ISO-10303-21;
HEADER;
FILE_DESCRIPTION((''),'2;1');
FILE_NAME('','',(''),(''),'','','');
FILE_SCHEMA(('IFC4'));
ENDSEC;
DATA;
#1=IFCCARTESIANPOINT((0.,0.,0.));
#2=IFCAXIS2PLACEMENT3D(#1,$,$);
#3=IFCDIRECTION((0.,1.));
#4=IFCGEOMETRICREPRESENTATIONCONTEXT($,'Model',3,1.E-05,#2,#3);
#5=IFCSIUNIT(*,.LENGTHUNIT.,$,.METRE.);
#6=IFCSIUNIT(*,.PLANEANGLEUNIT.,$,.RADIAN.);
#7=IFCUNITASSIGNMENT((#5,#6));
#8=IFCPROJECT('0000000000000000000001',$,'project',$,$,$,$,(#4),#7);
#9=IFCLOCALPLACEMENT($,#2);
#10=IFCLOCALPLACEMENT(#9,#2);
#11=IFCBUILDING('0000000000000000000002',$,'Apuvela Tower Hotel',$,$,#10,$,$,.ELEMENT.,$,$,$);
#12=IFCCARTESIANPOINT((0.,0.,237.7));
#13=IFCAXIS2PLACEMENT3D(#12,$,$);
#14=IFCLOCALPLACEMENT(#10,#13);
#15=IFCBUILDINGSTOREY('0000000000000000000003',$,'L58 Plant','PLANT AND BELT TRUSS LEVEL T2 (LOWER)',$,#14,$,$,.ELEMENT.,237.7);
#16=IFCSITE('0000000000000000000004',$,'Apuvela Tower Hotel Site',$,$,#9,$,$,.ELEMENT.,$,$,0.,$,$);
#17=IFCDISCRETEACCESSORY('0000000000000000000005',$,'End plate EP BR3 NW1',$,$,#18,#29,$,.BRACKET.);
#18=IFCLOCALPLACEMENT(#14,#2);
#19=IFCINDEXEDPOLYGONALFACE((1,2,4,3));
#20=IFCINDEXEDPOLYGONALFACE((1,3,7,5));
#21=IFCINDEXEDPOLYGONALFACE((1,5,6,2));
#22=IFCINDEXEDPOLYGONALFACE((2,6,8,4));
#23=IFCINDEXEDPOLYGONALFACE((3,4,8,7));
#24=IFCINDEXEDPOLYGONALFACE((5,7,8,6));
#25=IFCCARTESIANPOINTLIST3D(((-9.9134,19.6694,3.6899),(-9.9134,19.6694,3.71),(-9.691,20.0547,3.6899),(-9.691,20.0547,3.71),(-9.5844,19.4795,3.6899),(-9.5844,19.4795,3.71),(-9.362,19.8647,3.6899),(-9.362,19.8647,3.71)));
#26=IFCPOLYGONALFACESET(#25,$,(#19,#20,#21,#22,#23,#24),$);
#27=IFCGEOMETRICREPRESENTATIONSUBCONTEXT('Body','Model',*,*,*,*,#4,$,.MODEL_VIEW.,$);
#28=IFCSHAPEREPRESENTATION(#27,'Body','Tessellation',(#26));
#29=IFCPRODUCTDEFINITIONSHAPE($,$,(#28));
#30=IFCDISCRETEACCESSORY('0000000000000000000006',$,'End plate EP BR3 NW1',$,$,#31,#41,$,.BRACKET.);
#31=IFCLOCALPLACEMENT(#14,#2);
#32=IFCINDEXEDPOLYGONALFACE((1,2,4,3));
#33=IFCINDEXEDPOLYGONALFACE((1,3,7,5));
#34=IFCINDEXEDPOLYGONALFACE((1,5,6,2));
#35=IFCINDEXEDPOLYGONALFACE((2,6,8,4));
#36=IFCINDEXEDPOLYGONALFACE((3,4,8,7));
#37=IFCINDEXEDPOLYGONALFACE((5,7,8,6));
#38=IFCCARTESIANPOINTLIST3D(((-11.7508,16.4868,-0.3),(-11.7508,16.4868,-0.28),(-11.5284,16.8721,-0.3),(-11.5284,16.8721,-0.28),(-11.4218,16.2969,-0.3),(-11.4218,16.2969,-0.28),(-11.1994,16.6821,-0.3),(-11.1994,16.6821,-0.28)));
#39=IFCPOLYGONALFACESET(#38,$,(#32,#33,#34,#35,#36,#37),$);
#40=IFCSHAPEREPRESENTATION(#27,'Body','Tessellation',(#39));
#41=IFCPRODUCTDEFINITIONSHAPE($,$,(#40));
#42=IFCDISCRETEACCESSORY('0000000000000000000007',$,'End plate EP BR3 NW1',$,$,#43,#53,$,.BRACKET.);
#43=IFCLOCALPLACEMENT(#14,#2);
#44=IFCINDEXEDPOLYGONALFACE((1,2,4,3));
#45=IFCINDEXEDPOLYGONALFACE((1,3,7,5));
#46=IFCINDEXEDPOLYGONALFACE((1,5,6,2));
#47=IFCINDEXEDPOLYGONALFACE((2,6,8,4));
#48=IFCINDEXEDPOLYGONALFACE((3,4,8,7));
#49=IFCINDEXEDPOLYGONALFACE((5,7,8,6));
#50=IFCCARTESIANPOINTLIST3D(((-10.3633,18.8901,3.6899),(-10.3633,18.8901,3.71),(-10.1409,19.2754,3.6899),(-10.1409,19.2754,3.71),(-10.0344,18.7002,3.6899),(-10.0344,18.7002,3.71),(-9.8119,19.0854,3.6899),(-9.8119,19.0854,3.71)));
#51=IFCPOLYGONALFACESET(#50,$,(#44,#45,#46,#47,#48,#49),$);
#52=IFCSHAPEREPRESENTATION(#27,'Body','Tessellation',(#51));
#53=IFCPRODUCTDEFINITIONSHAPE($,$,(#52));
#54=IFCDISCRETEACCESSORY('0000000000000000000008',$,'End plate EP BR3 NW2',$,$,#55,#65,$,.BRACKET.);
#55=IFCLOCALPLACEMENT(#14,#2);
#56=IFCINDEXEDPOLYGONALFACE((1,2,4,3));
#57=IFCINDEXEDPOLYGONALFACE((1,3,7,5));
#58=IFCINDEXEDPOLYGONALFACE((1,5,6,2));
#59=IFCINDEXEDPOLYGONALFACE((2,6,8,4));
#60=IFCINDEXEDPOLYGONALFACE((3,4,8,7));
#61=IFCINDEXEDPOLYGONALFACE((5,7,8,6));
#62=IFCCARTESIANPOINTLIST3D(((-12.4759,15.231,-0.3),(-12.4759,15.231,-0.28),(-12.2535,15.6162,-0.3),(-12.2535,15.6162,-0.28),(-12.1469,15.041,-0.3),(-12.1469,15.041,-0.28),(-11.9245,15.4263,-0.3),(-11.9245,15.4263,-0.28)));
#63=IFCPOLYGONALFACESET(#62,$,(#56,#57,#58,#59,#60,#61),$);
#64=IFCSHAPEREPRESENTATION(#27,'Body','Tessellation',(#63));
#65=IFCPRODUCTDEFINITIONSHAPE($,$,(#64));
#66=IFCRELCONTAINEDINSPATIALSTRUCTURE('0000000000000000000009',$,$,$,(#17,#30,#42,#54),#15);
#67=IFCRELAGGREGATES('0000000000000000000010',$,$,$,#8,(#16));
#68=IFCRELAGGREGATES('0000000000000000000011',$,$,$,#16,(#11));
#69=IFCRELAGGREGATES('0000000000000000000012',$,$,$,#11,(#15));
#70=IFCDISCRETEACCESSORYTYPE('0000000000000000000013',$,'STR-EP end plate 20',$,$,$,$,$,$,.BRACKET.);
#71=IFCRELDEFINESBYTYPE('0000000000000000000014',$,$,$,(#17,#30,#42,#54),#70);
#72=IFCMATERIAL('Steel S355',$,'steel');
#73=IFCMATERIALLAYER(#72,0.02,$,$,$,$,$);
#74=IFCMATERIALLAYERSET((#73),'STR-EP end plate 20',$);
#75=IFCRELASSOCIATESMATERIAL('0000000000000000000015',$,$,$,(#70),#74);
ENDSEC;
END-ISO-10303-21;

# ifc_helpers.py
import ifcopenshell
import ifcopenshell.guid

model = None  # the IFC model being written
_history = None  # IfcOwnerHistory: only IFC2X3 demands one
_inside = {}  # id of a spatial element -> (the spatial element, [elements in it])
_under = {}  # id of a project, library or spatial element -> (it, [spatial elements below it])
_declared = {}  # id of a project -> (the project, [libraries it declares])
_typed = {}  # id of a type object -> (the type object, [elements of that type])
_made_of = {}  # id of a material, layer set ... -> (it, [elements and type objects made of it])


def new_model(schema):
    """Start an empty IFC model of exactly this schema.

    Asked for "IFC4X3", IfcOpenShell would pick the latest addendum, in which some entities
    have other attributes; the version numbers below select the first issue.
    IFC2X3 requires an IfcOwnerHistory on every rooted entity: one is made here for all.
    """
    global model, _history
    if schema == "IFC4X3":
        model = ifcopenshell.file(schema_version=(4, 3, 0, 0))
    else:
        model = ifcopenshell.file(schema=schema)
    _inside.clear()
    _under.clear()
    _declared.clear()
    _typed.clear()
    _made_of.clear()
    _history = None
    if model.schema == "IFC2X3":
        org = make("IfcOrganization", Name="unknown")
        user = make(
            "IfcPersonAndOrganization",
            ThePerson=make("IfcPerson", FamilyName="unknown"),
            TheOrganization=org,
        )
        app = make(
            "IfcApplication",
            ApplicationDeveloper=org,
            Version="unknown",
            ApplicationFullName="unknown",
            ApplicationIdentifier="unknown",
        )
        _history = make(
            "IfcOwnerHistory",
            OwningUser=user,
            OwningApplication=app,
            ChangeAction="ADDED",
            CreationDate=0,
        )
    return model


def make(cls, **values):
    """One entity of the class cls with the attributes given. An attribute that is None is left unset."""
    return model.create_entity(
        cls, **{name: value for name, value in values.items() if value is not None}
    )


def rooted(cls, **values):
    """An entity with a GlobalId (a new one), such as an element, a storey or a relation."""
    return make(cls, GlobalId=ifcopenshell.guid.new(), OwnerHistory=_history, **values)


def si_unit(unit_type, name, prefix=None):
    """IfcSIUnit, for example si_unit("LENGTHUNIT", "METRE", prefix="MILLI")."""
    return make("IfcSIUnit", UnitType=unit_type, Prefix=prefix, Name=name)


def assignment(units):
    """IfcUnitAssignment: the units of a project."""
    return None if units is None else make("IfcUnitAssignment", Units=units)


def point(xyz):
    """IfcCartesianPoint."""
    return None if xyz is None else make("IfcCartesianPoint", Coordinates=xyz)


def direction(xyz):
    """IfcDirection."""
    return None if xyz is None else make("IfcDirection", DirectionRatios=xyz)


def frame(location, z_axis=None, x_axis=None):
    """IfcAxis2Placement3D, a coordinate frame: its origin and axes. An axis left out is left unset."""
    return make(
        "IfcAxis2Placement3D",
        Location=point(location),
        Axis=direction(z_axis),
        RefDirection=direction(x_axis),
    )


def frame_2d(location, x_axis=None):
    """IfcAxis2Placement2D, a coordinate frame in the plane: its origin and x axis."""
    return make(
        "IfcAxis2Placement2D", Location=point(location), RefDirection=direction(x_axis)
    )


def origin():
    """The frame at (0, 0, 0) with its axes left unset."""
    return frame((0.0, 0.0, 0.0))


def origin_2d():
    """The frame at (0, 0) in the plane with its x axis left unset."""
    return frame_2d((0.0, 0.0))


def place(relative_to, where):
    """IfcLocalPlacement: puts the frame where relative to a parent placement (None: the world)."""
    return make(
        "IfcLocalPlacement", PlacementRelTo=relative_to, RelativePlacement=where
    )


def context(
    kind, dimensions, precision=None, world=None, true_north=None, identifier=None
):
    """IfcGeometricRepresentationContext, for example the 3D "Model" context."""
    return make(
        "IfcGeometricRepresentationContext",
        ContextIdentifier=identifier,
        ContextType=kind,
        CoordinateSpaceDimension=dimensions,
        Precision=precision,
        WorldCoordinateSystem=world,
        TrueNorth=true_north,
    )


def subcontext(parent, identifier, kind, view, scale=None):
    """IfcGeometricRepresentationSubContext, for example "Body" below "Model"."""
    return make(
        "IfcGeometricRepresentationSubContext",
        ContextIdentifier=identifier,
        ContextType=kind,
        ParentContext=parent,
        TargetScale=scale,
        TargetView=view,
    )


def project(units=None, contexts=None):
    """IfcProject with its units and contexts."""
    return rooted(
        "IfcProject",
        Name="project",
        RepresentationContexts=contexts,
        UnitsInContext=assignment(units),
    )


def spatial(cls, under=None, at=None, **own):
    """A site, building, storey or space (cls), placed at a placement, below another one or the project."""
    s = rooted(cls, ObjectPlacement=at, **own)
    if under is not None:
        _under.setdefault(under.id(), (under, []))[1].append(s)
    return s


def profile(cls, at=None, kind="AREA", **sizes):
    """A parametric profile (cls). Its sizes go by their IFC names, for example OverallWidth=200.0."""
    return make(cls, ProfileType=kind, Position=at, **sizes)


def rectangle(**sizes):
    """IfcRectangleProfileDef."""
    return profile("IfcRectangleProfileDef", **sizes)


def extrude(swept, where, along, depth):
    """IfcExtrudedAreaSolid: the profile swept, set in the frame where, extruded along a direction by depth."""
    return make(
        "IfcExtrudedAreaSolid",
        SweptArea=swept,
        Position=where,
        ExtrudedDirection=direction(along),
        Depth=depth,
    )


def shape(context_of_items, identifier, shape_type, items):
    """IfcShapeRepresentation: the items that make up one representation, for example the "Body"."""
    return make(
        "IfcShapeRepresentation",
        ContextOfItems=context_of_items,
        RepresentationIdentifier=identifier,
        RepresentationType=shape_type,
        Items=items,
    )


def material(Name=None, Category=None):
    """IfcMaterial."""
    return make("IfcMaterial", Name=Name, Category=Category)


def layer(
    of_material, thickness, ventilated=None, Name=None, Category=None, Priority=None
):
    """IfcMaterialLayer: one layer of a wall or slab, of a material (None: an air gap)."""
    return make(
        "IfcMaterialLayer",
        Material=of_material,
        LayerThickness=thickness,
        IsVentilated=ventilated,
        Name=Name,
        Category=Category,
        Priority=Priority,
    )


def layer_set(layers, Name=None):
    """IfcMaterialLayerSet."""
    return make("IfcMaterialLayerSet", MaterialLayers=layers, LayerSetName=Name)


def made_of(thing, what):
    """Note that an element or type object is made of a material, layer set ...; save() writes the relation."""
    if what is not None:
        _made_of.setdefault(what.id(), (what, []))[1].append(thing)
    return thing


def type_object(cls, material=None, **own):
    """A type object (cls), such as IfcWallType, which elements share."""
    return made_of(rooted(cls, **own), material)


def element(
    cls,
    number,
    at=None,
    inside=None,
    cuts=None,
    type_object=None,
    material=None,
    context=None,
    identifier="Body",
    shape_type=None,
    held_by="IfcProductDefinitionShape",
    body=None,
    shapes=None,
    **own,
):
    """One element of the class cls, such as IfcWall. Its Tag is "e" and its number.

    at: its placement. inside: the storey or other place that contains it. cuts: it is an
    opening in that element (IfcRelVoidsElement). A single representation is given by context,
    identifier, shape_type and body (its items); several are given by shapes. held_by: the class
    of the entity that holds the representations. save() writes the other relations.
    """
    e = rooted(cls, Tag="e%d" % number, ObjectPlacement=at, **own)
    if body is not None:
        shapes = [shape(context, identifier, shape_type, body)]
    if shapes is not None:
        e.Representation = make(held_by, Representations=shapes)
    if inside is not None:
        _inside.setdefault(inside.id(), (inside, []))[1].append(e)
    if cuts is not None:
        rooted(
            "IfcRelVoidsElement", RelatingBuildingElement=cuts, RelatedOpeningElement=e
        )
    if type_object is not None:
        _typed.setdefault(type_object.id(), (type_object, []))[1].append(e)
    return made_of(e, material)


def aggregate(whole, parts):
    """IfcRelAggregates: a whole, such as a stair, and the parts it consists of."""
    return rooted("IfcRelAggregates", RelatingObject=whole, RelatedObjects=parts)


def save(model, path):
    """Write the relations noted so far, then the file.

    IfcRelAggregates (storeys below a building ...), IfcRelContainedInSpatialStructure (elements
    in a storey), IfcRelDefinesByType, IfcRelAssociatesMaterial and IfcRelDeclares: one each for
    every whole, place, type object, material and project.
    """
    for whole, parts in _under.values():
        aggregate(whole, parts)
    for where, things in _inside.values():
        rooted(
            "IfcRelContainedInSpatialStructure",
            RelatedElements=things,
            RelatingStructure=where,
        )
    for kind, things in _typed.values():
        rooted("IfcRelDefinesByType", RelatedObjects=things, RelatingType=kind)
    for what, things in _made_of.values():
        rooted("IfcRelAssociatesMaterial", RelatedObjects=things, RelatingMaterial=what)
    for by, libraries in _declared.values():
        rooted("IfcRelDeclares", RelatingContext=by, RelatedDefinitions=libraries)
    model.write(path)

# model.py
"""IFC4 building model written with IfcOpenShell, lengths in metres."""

from ifc_helpers import new_model, si_unit, direction, frame, origin, origin_2d, place, context, subcontext, project, spatial, rectangle, extrude, material, layer, layer_set, type_object, element, save


model = new_model("IFC4")

# Units and contexts
model_context = context("Model", 3, precision=1e-05, world=origin(), true_north=direction((0.0, 1.0)))
body_context = subcontext(model_context, "Body", "Model", "MODEL_VIEW")
ifc_project = project(units=[si_unit("LENGTHUNIT", "METRE"), si_unit("PLANEANGLEUNIT", "RADIAN")], contexts=[model_context])

# Site, building, storey
site_placement = place(None, origin())
site = spatial("IfcSite", under=ifc_project, at=site_placement, Name="Apuvela Tower Hotel Site", CompositionType="ELEMENT", RefElevation=0.0)
building_placement = place(site_placement, origin())
building = spatial("IfcBuilding", under=site, at=building_placement, Name="Apuvela Tower Hotel", CompositionType="ELEMENT")
storey_placement = place(building_placement, frame((0.0, 0.0, 237.7)))
storey = spatial("IfcBuildingStorey", under=building, at=storey_placement, Name="L58 Plant", Description="PLANT AND BELT TRUSS LEVEL T2 (LOWER)", CompositionType="ELEMENT", Elevation=237.7)

# Shared definitions
ifc_material_1 = material(Name="Steel S355", Category="steel")

# Discrete accessories
ifc_layer_1 = layer(ifc_material_1, 0.02)
ifc_layer_set_1 = layer_set([ifc_layer_1], Name="STR-EP end plate 20")
discrete_accessory_type_1 = type_object("IfcDiscreteAccessoryType", Name="STR-EP end plate 20", PredefinedType="BRACKET", material=ifc_layer_set_1)
for number, where, z_axis, x_axis, name in (
    (1, (-9.6377, 19.7671, 3.6899), (0.0, 0.0, 1.0), (-0.5, -0.866025, 0.0), "End plate EP BR3 NW1"),
    (2, (-11.4751, 16.5845, -0.3), (0.0, 0.0, 1.0), (0.5, 0.866025, 0.0), "End plate EP BR3 NW1"),
    (3, (-10.0876, 18.9878, 3.6899), (0.0, 0.0, 1.0), (0.5, 0.866025, 0.0), "End plate EP BR3 NW1"),
    (4, (-12.2002, 15.3286, -0.3), (0.0, 0.0, 1.0), (-0.5, -0.866025, 0.0), "End plate EP BR3 NW2"),
):
    element("IfcDiscreteAccessory", number, at=place(storey_placement, frame(where, z_axis=z_axis, x_axis=x_axis)), inside=storey, type_object=discrete_accessory_type_1, Name=name, PredefinedType="BRACKET", context=body_context, shape_type="SweptSolid", body=[
        extrude(rectangle(XDim=0.4448, YDim=0.3799, at=origin_2d()), origin(), (0.0, 0.0, 1.0), 0.02),
    ])

save(model, "model.ifc")
